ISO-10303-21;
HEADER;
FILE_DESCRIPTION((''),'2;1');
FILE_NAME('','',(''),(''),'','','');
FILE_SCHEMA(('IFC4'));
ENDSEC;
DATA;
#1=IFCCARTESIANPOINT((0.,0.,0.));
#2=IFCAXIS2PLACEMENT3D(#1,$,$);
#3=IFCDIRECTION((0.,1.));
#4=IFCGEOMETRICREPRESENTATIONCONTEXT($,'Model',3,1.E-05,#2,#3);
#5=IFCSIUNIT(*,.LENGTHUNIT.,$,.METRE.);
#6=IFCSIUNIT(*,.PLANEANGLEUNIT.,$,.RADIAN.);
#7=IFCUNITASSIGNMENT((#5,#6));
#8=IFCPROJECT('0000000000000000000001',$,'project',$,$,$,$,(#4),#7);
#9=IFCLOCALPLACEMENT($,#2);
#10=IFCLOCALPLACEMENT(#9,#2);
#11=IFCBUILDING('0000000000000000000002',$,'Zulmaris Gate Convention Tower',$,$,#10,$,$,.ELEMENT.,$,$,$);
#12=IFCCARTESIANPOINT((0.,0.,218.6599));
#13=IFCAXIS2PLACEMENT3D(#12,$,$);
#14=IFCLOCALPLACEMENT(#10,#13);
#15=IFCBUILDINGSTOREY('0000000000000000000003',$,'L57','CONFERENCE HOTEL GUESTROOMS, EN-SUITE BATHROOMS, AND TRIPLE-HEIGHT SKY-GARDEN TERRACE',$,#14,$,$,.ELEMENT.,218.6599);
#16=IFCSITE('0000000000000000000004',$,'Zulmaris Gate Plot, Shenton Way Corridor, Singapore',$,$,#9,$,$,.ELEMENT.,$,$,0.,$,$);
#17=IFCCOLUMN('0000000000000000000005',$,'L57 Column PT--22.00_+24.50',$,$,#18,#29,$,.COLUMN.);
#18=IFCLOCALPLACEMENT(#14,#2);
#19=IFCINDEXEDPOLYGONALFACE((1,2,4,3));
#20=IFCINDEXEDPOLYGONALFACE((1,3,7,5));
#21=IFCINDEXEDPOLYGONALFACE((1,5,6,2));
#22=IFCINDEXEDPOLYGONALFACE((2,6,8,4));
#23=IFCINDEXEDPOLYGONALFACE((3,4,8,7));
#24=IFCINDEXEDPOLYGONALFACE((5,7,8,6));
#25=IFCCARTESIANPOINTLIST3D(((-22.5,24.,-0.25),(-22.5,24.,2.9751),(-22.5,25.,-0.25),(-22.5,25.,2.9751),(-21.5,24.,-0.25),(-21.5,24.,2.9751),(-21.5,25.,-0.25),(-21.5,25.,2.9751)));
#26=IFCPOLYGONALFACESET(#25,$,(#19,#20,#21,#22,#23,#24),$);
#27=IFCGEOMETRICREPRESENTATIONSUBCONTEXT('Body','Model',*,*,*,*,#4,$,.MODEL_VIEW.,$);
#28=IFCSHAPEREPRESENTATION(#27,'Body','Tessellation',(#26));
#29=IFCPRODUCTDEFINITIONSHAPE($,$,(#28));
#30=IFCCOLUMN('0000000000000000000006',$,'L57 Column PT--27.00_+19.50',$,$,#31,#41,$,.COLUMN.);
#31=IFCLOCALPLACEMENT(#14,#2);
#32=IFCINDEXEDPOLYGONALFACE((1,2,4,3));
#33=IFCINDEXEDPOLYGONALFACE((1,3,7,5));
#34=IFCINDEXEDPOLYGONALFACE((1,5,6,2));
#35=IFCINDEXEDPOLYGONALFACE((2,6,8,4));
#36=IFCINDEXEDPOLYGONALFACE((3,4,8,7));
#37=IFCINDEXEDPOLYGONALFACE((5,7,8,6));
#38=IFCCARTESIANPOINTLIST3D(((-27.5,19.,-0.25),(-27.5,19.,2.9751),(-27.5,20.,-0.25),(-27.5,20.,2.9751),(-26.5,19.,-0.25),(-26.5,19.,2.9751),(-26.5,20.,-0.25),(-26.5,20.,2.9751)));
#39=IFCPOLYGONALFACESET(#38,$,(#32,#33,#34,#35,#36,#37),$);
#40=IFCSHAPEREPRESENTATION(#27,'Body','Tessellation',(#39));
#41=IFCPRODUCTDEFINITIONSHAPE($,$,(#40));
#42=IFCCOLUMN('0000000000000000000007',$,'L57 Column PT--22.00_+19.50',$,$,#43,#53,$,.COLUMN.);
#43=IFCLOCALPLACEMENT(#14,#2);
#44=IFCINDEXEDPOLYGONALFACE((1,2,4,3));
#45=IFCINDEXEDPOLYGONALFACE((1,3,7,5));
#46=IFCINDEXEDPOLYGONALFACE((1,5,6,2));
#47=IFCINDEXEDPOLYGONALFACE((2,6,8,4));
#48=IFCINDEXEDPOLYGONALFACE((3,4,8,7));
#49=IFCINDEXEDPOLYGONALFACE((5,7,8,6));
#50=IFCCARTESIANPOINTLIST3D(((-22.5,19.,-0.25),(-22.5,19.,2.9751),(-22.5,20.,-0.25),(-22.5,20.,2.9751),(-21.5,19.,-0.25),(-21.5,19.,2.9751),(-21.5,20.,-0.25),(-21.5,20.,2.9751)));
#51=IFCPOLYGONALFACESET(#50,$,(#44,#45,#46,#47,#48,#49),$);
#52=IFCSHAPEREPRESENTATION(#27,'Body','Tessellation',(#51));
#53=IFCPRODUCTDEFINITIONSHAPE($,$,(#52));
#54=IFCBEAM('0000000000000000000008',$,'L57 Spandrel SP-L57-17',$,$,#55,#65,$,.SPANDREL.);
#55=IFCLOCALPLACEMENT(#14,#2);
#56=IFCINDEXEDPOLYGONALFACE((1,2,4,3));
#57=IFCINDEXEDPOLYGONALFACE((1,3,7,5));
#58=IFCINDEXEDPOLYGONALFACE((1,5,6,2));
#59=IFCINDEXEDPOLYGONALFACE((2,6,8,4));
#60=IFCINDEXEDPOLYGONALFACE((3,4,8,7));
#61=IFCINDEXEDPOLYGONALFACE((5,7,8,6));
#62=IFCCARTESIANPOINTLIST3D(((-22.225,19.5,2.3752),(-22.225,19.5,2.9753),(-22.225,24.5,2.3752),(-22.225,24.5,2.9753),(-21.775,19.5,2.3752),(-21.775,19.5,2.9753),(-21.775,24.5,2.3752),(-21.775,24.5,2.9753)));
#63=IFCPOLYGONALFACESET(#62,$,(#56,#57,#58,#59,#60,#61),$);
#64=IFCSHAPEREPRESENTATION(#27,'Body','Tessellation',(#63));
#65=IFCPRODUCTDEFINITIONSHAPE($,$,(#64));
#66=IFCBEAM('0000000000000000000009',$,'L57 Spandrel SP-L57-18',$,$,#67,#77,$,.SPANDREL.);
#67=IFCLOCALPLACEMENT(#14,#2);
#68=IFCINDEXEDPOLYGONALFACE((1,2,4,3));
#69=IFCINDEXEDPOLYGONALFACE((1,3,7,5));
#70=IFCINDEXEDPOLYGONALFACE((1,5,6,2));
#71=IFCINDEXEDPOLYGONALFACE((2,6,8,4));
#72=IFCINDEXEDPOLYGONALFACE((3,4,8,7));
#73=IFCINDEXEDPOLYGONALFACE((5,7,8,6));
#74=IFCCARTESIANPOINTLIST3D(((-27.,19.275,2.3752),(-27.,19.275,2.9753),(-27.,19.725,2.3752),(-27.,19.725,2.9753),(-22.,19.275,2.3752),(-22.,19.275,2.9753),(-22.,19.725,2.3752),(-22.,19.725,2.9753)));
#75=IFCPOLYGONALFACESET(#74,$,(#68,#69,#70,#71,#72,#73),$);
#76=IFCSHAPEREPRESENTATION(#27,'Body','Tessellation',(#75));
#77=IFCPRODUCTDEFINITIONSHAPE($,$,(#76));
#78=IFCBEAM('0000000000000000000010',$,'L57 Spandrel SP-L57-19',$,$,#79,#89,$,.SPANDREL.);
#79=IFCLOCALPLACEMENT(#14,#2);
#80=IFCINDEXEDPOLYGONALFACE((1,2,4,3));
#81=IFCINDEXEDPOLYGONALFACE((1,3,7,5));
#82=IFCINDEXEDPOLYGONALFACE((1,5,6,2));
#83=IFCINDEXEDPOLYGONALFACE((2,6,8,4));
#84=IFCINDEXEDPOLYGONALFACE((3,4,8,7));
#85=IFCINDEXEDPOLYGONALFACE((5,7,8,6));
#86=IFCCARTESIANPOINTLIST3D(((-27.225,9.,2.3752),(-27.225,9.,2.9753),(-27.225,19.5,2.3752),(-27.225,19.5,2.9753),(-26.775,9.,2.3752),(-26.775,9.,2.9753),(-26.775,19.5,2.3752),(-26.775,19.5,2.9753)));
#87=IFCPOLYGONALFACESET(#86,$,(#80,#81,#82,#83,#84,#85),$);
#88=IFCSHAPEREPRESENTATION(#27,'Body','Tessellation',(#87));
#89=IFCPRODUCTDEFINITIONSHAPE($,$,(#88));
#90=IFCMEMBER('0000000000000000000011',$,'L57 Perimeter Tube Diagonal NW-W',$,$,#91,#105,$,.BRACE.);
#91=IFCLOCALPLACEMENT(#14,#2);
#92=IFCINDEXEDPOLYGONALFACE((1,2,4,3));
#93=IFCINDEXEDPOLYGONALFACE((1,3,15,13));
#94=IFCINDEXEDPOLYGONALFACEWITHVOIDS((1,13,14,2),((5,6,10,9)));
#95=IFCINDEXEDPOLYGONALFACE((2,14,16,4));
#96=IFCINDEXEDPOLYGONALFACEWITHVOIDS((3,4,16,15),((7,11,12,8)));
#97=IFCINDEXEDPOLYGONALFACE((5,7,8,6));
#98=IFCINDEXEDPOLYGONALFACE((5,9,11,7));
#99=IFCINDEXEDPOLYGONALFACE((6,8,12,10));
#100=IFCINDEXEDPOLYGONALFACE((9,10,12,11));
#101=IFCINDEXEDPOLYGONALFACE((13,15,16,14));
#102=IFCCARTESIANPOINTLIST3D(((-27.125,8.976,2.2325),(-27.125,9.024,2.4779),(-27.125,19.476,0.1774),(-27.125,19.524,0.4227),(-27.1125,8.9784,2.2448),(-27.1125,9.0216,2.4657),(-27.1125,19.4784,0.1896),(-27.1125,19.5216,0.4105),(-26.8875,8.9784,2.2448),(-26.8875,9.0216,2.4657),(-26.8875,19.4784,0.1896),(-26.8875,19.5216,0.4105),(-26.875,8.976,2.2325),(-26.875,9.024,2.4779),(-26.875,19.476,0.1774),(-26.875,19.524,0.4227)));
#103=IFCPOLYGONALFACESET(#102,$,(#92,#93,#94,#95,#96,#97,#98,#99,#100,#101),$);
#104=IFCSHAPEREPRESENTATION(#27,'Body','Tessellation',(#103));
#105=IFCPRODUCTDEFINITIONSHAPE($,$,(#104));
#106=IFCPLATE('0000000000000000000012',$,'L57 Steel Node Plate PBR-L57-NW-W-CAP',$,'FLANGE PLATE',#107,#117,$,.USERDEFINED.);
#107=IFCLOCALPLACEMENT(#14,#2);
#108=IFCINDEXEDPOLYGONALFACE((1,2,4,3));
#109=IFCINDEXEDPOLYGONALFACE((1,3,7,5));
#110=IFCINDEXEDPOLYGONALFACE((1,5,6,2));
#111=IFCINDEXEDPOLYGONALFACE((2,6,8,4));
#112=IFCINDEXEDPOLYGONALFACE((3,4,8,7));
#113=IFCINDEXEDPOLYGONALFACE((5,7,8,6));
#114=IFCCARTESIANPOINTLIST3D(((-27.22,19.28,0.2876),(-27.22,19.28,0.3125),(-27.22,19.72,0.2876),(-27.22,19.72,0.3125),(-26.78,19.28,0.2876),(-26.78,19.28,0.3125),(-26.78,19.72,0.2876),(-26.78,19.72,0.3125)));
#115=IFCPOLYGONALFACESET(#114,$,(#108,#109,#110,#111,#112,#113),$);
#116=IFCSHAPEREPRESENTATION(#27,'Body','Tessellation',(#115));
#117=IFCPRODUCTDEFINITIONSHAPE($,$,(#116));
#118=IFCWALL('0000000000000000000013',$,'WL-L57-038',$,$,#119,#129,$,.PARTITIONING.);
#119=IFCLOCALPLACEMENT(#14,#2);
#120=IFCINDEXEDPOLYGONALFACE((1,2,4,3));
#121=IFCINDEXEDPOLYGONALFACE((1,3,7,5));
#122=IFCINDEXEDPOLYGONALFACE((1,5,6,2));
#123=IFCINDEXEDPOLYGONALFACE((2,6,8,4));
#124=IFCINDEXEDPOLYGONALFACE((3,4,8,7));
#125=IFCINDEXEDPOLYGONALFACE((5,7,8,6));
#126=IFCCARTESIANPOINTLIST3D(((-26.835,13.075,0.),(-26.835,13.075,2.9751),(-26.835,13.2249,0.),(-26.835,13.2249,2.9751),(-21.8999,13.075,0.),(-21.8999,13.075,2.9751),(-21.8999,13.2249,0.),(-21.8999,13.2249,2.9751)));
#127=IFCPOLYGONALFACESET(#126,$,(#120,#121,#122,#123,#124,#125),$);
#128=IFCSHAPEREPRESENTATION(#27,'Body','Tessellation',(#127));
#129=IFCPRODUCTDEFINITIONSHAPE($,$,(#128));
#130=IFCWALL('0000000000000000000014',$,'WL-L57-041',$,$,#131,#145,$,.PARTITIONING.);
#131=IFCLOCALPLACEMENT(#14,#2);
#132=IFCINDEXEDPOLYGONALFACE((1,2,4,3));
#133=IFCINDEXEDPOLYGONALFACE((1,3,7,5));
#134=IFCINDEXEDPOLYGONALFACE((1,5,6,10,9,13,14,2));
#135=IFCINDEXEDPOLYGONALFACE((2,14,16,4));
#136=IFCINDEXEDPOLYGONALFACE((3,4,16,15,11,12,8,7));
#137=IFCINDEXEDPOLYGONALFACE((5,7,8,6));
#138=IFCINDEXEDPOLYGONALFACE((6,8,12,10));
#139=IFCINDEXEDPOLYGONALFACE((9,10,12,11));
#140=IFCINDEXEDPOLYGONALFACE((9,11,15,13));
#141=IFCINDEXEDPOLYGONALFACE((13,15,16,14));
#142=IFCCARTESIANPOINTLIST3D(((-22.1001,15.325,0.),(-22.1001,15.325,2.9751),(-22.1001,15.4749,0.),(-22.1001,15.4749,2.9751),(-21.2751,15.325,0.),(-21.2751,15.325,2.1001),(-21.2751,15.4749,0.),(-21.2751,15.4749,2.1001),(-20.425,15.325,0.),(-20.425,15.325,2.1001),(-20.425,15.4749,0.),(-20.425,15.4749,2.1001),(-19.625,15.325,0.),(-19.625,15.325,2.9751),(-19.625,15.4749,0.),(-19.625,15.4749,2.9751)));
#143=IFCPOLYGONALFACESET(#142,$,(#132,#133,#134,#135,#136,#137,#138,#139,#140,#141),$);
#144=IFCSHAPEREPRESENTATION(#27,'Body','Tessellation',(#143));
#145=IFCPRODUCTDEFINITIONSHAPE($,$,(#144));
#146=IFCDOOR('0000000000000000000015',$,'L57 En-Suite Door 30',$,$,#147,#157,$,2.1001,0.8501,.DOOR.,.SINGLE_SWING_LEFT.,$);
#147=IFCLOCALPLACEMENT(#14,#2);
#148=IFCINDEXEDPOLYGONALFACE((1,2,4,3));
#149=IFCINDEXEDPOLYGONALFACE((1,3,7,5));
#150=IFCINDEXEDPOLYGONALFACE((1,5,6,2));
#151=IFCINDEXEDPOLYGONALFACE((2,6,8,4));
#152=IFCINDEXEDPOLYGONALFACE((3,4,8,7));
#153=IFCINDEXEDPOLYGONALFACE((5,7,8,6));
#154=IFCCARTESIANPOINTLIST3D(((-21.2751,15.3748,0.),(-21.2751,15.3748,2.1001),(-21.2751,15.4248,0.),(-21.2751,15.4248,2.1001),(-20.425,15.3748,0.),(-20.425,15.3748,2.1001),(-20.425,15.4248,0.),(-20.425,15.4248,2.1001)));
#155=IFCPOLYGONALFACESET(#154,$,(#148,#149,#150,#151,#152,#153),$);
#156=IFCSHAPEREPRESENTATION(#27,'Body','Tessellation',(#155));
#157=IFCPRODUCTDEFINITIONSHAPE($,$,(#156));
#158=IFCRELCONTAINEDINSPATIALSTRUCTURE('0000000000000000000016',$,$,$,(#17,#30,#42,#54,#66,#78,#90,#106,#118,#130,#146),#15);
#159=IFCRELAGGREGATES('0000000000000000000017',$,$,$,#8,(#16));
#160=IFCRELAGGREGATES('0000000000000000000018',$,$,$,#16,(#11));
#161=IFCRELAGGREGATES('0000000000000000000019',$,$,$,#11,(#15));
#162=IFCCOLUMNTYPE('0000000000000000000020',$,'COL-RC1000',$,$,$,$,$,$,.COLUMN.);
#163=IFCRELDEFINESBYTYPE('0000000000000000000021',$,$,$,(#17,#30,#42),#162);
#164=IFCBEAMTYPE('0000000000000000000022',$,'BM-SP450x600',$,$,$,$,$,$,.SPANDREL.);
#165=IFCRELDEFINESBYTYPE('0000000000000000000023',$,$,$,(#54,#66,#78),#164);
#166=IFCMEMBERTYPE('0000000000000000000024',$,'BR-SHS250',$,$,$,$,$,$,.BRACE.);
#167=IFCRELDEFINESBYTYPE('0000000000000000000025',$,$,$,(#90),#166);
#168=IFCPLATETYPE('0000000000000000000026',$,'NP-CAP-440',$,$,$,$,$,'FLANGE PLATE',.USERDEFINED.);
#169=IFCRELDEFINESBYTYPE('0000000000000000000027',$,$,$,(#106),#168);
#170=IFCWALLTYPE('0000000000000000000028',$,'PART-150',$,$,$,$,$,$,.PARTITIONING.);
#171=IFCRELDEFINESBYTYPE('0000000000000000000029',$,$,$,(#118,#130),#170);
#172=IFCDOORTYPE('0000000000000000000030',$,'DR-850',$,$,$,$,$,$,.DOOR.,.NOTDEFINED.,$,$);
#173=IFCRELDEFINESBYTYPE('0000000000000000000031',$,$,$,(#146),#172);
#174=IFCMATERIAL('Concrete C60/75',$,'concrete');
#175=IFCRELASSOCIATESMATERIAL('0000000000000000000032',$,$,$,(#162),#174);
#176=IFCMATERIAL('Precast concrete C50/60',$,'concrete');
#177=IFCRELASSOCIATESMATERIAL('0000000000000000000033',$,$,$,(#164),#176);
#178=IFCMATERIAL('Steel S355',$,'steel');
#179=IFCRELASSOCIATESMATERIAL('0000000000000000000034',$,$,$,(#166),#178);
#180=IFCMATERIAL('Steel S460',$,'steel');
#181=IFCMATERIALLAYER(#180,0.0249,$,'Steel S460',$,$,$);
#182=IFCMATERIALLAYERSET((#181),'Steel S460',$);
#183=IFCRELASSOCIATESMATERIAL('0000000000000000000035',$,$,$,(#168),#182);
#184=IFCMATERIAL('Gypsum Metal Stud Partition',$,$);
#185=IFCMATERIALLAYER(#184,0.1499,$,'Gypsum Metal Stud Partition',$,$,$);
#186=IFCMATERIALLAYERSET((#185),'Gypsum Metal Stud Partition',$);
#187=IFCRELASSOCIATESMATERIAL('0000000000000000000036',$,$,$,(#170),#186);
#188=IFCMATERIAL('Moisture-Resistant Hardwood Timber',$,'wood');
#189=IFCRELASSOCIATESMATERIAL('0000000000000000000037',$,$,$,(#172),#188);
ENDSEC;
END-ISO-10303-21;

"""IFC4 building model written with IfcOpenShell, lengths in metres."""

from ifc_helpers import new_model, si_unit, direction, frame, frame_2d, origin, origin_2d, place, context, subcontext, project, spatial, rectangle, hollow_rectangle, extrude, material, layer, layer_set, material_profile, profile_set, type_object, element, fill, save


model = new_model("IFC4")

# Units and contexts
model_context = context("Model", 3, precision=1e-05, world=origin(), true_north=direction((0.0, 1.0)))
body_context = subcontext(model_context, "Body", "Model", "MODEL_VIEW")
ifc_project = project(units=[si_unit("LENGTHUNIT", "METRE"), si_unit("PLANEANGLEUNIT", "RADIAN")], contexts=[model_context])

# Site, building, storey
site_placement = place(None, origin())
site = spatial("IfcSite", under=ifc_project, at=site_placement, Name="Zulmaris Gate Plot, Shenton Way Corridor, Singapore", CompositionType="ELEMENT", RefElevation=0.0)
building_placement = place(site_placement, origin())
building = spatial("IfcBuilding", under=site, at=building_placement, Name="Zulmaris Gate Convention Tower", CompositionType="ELEMENT")
storey_placement = place(building_placement, frame((0.0, 0.0, 218.6599)))
storey = spatial("IfcBuildingStorey", under=building, at=storey_placement, Name="L57", Description="CONFERENCE HOTEL GUESTROOMS, EN-SUITE BATHROOMS, AND TRIPLE-HEIGHT SKY-GARDEN TERRACE", CompositionType="ELEMENT", Elevation=218.6599)

# Columns
ifc_material_1 = material(Name="Concrete C60/75", Category="concrete")
ifc_material_profile_1 = material_profile(ifc_material_1, rectangle(XDim=1.0, YDim=1.0, at=origin_2d()), Name="RC COL 1000x1000")
ifc_profile_set_1 = profile_set([ifc_material_profile_1], Name="Concrete C60/75")
column_type = type_object("IfcColumnType", Name="COL-RC1000", PredefinedType="COLUMN", material=ifc_profile_set_1)
for number, where, z_axis, x_axis, name in (
    (1, (-22.0, 24.5, -0.25), (0.0, 0.0, 1.0), (1.0, 0.0, 0.0), "L57 Column PT--22.00_+24.50"),
    (2, (-27.0, 19.5, -0.25), (0.0, 0.0, 1.0), (1.0, 0.0, 0.0), "L57 Column PT--27.00_+19.50"),
    (3, (-22.0, 19.5, -0.25), (0.0, 0.0, 1.0), (1.0, 0.0, 0.0), "L57 Column PT--22.00_+19.50"),
):
    element("IfcColumn", number, at=place(storey_placement, frame(where, z_axis=z_axis, x_axis=x_axis)), inside=storey, type_object=column_type, Name=name, PredefinedType="COLUMN", context=body_context, shape_type="SweptSolid", body=[
        extrude(rectangle(XDim=1.0, YDim=1.0, at=origin_2d()), origin(), (0.0, 0.0, 1.0), 3.2251),
    ])

# Beams
ifc_material_2 = material(Name="Precast concrete C50/60", Category="concrete")
ifc_material_profile_2 = material_profile(ifc_material_2, rectangle(XDim=0.45, YDim=0.6001, at=origin_2d()), Name="RC SPANDREL 450x600")
ifc_profile_set_2 = profile_set([ifc_material_profile_2], Name="Precast concrete C50/60")
beam_type = type_object("IfcBeamType", Name="BM-SP450x600", PredefinedType="SPANDREL", material=ifc_profile_set_2)
for number, where, z_axis, x_axis, name in (
    (4, (-22.0, 24.5, 2.6753), (0.0, -1.0, 0.0), (1.0, 0.0, 0.0), "L57 Spandrel SP-L57-17"),
    (5, (-22.0, 19.5, 2.6753), (-1.0, 0.0, 0.0), (0.0, -1.0, 0.0), "L57 Spandrel SP-L57-18"),
):
    element("IfcBeam", number, at=place(storey_placement, frame(where, z_axis=z_axis, x_axis=x_axis)), inside=storey, type_object=beam_type, Name=name, PredefinedType="SPANDREL", context=body_context, shape_type="SweptSolid", body=[
        extrude(rectangle(XDim=0.45, YDim=0.6001, at=origin_2d()), origin(), (0.0, 0.0, 1.0), 5.0),
    ])
beam_placement = place(storey_placement, frame((-27.0, 19.5, 2.6753), z_axis=(0.0, -1.0, 0.0), x_axis=(1.0, 0.0, 0.0)))
element("IfcBeam", 6, at=beam_placement, inside=storey, type_object=beam_type, Name="L57 Spandrel SP-L57-19", PredefinedType="SPANDREL", context=body_context, shape_type="SweptSolid", body=[
    extrude(rectangle(XDim=0.45, YDim=0.6001, at=origin_2d()), origin(), (0.0, 0.0, 1.0), 10.5),
])

# Member
ifc_material_3 = material(Name="Steel S355", Category="steel")
ifc_material_profile_3 = material_profile(ifc_material_3, hollow_rectangle(XDim=0.25, YDim=0.25, WallThickness=0.0125, at=origin_2d()), Name="SHS 250x250x12.5")
ifc_profile_set_3 = profile_set([ifc_material_profile_3], Name="Steel S355")
member_type = type_object("IfcMemberType", Name="BR-SHS250", PredefinedType="BRACE", material=ifc_profile_set_3)
member_placement = place(storey_placement, frame((-27.0, 19.5, 0.3), z_axis=(0.0, -0.981378, 0.192086), x_axis=(1.0, 0.0, 0.0)))
element("IfcMember", 7, at=member_placement, inside=storey, type_object=member_type, Name="L57 Perimeter Tube Diagonal NW-W", PredefinedType="BRACE", context=body_context, shape_type="SweptSolid", body=[
    extrude(hollow_rectangle(XDim=0.25, YDim=0.25, WallThickness=0.0125, at=origin_2d()), origin(), (0.0, 0.0, 1.0), 10.6992),
])

# Plate
ifc_material_4 = material(Name="Steel S460", Category="steel")
ifc_layer_1 = layer(ifc_material_4, 0.0249, Name="Steel S460")
ifc_layer_set_1 = layer_set([ifc_layer_1], Name="Steel S460")
plate_type = type_object("IfcPlateType", Name="NP-CAP-440", ElementType="FLANGE PLATE", PredefinedType="USERDEFINED", material=ifc_layer_set_1)
plate_placement = place(storey_placement, frame((-27.0, 19.5, 0.2876), z_axis=(0.0, 0.0, 1.0), x_axis=(1.0, 0.0, 0.0)))
element("IfcPlate", 8, at=plate_placement, inside=storey, type_object=plate_type, Name="L57 Steel Node Plate PBR-L57-NW-W-CAP", ObjectType="FLANGE PLATE", PredefinedType="USERDEFINED", context=body_context, shape_type="SweptSolid", body=[
    extrude(rectangle(XDim=0.4399, YDim=0.4399, at=origin_2d()), origin(), (0.0, 0.0, 1.0), 0.0249),
])

# Wall
ifc_material_5 = material(Name="Gypsum Metal Stud Partition")
ifc_layer_2 = layer(ifc_material_5, 0.1499, Name="Gypsum Metal Stud Partition")
ifc_layer_set_2 = layer_set([ifc_layer_2], Name="Gypsum Metal Stud Partition")
wall_type_1 = type_object("IfcWallType", Name="PART-150", PredefinedType="PARTITIONING", material=ifc_layer_set_2)
wall_1_placement = place(storey_placement, frame((-26.835, 13.1499, 0.0), z_axis=(0.0, 0.0, 1.0), x_axis=(1.0, 0.0, 0.0)))
element("IfcWall", 9, at=wall_1_placement, inside=storey, type_object=wall_type_1, Name="WL-L57-038", PredefinedType="PARTITIONING", context=body_context, shape_type="SweptSolid", body=[
    extrude(rectangle(XDim=4.9351, YDim=0.1499, at=frame_2d((2.4675, 0.0))), origin(), (0.0, 0.0, 1.0), 2.9751),
])

# Wall, opening, door
wall_2_placement = place(storey_placement, frame((-22.1001, 15.3999, 0.0), z_axis=(0.0, 0.0, 1.0), x_axis=(1.0, 0.0, 0.0)))
wall_2 = element("IfcWall", 10, at=wall_2_placement, inside=storey, type_object=wall_type_1, Name="WL-L57-041", PredefinedType="PARTITIONING", context=body_context, shape_type="SweptSolid", body=[
    extrude(rectangle(XDim=2.4751, YDim=0.1499, at=frame_2d((1.2375, 0.0))), origin(), (0.0, 0.0, 1.0), 2.9751),
])
opening_1_placement = place(wall_2_placement, frame((0.825, 0.0, 0.0)))
opening_1 = element("IfcOpeningElement", 11, at=opening_1_placement, cuts=wall_2, PredefinedType="OPENING", context=body_context, shape_type="SweptSolid", body=[
    extrude(rectangle(XDim=0.8501, YDim=2.1001, at=frame_2d((0.425, 1.05))), frame((0.0, 0.085, 0.0), z_axis=(0.0, -1.0, 0.0), x_axis=(1.0, 0.0, 0.0)), (0.0, 0.0, 1.0), 0.1699),
])
ifc_material_6 = material(Name="Moisture-Resistant Hardwood Timber", Category="wood")
door_type_1 = type_object("IfcDoorType", Name="DR-850", OperationType="NOTDEFINED", PredefinedType="DOOR", material=ifc_material_6)
door_1_placement = place(opening_1_placement, origin())
door_1 = element("IfcDoor", 12, at=door_1_placement, inside=storey, type_object=door_type_1, Name="L57 En-Suite Door 30", OperationType="SINGLE_SWING_LEFT", OverallHeight=2.1001, OverallWidth=0.8501, PredefinedType="DOOR", context=body_context, shape_type="SweptSolid", body=[
    extrude(rectangle(XDim=0.8501, YDim=2.1001, at=frame_2d((0.425, 1.05))), frame((0.0, 0.0249, 0.0), z_axis=(0.0, -1.0, 0.0), x_axis=(1.0, 0.0, 0.0)), (0.0, 0.0, 1.0), 0.05),
])
fill(opening_1, door_1)

save(model, "model.ifc")
